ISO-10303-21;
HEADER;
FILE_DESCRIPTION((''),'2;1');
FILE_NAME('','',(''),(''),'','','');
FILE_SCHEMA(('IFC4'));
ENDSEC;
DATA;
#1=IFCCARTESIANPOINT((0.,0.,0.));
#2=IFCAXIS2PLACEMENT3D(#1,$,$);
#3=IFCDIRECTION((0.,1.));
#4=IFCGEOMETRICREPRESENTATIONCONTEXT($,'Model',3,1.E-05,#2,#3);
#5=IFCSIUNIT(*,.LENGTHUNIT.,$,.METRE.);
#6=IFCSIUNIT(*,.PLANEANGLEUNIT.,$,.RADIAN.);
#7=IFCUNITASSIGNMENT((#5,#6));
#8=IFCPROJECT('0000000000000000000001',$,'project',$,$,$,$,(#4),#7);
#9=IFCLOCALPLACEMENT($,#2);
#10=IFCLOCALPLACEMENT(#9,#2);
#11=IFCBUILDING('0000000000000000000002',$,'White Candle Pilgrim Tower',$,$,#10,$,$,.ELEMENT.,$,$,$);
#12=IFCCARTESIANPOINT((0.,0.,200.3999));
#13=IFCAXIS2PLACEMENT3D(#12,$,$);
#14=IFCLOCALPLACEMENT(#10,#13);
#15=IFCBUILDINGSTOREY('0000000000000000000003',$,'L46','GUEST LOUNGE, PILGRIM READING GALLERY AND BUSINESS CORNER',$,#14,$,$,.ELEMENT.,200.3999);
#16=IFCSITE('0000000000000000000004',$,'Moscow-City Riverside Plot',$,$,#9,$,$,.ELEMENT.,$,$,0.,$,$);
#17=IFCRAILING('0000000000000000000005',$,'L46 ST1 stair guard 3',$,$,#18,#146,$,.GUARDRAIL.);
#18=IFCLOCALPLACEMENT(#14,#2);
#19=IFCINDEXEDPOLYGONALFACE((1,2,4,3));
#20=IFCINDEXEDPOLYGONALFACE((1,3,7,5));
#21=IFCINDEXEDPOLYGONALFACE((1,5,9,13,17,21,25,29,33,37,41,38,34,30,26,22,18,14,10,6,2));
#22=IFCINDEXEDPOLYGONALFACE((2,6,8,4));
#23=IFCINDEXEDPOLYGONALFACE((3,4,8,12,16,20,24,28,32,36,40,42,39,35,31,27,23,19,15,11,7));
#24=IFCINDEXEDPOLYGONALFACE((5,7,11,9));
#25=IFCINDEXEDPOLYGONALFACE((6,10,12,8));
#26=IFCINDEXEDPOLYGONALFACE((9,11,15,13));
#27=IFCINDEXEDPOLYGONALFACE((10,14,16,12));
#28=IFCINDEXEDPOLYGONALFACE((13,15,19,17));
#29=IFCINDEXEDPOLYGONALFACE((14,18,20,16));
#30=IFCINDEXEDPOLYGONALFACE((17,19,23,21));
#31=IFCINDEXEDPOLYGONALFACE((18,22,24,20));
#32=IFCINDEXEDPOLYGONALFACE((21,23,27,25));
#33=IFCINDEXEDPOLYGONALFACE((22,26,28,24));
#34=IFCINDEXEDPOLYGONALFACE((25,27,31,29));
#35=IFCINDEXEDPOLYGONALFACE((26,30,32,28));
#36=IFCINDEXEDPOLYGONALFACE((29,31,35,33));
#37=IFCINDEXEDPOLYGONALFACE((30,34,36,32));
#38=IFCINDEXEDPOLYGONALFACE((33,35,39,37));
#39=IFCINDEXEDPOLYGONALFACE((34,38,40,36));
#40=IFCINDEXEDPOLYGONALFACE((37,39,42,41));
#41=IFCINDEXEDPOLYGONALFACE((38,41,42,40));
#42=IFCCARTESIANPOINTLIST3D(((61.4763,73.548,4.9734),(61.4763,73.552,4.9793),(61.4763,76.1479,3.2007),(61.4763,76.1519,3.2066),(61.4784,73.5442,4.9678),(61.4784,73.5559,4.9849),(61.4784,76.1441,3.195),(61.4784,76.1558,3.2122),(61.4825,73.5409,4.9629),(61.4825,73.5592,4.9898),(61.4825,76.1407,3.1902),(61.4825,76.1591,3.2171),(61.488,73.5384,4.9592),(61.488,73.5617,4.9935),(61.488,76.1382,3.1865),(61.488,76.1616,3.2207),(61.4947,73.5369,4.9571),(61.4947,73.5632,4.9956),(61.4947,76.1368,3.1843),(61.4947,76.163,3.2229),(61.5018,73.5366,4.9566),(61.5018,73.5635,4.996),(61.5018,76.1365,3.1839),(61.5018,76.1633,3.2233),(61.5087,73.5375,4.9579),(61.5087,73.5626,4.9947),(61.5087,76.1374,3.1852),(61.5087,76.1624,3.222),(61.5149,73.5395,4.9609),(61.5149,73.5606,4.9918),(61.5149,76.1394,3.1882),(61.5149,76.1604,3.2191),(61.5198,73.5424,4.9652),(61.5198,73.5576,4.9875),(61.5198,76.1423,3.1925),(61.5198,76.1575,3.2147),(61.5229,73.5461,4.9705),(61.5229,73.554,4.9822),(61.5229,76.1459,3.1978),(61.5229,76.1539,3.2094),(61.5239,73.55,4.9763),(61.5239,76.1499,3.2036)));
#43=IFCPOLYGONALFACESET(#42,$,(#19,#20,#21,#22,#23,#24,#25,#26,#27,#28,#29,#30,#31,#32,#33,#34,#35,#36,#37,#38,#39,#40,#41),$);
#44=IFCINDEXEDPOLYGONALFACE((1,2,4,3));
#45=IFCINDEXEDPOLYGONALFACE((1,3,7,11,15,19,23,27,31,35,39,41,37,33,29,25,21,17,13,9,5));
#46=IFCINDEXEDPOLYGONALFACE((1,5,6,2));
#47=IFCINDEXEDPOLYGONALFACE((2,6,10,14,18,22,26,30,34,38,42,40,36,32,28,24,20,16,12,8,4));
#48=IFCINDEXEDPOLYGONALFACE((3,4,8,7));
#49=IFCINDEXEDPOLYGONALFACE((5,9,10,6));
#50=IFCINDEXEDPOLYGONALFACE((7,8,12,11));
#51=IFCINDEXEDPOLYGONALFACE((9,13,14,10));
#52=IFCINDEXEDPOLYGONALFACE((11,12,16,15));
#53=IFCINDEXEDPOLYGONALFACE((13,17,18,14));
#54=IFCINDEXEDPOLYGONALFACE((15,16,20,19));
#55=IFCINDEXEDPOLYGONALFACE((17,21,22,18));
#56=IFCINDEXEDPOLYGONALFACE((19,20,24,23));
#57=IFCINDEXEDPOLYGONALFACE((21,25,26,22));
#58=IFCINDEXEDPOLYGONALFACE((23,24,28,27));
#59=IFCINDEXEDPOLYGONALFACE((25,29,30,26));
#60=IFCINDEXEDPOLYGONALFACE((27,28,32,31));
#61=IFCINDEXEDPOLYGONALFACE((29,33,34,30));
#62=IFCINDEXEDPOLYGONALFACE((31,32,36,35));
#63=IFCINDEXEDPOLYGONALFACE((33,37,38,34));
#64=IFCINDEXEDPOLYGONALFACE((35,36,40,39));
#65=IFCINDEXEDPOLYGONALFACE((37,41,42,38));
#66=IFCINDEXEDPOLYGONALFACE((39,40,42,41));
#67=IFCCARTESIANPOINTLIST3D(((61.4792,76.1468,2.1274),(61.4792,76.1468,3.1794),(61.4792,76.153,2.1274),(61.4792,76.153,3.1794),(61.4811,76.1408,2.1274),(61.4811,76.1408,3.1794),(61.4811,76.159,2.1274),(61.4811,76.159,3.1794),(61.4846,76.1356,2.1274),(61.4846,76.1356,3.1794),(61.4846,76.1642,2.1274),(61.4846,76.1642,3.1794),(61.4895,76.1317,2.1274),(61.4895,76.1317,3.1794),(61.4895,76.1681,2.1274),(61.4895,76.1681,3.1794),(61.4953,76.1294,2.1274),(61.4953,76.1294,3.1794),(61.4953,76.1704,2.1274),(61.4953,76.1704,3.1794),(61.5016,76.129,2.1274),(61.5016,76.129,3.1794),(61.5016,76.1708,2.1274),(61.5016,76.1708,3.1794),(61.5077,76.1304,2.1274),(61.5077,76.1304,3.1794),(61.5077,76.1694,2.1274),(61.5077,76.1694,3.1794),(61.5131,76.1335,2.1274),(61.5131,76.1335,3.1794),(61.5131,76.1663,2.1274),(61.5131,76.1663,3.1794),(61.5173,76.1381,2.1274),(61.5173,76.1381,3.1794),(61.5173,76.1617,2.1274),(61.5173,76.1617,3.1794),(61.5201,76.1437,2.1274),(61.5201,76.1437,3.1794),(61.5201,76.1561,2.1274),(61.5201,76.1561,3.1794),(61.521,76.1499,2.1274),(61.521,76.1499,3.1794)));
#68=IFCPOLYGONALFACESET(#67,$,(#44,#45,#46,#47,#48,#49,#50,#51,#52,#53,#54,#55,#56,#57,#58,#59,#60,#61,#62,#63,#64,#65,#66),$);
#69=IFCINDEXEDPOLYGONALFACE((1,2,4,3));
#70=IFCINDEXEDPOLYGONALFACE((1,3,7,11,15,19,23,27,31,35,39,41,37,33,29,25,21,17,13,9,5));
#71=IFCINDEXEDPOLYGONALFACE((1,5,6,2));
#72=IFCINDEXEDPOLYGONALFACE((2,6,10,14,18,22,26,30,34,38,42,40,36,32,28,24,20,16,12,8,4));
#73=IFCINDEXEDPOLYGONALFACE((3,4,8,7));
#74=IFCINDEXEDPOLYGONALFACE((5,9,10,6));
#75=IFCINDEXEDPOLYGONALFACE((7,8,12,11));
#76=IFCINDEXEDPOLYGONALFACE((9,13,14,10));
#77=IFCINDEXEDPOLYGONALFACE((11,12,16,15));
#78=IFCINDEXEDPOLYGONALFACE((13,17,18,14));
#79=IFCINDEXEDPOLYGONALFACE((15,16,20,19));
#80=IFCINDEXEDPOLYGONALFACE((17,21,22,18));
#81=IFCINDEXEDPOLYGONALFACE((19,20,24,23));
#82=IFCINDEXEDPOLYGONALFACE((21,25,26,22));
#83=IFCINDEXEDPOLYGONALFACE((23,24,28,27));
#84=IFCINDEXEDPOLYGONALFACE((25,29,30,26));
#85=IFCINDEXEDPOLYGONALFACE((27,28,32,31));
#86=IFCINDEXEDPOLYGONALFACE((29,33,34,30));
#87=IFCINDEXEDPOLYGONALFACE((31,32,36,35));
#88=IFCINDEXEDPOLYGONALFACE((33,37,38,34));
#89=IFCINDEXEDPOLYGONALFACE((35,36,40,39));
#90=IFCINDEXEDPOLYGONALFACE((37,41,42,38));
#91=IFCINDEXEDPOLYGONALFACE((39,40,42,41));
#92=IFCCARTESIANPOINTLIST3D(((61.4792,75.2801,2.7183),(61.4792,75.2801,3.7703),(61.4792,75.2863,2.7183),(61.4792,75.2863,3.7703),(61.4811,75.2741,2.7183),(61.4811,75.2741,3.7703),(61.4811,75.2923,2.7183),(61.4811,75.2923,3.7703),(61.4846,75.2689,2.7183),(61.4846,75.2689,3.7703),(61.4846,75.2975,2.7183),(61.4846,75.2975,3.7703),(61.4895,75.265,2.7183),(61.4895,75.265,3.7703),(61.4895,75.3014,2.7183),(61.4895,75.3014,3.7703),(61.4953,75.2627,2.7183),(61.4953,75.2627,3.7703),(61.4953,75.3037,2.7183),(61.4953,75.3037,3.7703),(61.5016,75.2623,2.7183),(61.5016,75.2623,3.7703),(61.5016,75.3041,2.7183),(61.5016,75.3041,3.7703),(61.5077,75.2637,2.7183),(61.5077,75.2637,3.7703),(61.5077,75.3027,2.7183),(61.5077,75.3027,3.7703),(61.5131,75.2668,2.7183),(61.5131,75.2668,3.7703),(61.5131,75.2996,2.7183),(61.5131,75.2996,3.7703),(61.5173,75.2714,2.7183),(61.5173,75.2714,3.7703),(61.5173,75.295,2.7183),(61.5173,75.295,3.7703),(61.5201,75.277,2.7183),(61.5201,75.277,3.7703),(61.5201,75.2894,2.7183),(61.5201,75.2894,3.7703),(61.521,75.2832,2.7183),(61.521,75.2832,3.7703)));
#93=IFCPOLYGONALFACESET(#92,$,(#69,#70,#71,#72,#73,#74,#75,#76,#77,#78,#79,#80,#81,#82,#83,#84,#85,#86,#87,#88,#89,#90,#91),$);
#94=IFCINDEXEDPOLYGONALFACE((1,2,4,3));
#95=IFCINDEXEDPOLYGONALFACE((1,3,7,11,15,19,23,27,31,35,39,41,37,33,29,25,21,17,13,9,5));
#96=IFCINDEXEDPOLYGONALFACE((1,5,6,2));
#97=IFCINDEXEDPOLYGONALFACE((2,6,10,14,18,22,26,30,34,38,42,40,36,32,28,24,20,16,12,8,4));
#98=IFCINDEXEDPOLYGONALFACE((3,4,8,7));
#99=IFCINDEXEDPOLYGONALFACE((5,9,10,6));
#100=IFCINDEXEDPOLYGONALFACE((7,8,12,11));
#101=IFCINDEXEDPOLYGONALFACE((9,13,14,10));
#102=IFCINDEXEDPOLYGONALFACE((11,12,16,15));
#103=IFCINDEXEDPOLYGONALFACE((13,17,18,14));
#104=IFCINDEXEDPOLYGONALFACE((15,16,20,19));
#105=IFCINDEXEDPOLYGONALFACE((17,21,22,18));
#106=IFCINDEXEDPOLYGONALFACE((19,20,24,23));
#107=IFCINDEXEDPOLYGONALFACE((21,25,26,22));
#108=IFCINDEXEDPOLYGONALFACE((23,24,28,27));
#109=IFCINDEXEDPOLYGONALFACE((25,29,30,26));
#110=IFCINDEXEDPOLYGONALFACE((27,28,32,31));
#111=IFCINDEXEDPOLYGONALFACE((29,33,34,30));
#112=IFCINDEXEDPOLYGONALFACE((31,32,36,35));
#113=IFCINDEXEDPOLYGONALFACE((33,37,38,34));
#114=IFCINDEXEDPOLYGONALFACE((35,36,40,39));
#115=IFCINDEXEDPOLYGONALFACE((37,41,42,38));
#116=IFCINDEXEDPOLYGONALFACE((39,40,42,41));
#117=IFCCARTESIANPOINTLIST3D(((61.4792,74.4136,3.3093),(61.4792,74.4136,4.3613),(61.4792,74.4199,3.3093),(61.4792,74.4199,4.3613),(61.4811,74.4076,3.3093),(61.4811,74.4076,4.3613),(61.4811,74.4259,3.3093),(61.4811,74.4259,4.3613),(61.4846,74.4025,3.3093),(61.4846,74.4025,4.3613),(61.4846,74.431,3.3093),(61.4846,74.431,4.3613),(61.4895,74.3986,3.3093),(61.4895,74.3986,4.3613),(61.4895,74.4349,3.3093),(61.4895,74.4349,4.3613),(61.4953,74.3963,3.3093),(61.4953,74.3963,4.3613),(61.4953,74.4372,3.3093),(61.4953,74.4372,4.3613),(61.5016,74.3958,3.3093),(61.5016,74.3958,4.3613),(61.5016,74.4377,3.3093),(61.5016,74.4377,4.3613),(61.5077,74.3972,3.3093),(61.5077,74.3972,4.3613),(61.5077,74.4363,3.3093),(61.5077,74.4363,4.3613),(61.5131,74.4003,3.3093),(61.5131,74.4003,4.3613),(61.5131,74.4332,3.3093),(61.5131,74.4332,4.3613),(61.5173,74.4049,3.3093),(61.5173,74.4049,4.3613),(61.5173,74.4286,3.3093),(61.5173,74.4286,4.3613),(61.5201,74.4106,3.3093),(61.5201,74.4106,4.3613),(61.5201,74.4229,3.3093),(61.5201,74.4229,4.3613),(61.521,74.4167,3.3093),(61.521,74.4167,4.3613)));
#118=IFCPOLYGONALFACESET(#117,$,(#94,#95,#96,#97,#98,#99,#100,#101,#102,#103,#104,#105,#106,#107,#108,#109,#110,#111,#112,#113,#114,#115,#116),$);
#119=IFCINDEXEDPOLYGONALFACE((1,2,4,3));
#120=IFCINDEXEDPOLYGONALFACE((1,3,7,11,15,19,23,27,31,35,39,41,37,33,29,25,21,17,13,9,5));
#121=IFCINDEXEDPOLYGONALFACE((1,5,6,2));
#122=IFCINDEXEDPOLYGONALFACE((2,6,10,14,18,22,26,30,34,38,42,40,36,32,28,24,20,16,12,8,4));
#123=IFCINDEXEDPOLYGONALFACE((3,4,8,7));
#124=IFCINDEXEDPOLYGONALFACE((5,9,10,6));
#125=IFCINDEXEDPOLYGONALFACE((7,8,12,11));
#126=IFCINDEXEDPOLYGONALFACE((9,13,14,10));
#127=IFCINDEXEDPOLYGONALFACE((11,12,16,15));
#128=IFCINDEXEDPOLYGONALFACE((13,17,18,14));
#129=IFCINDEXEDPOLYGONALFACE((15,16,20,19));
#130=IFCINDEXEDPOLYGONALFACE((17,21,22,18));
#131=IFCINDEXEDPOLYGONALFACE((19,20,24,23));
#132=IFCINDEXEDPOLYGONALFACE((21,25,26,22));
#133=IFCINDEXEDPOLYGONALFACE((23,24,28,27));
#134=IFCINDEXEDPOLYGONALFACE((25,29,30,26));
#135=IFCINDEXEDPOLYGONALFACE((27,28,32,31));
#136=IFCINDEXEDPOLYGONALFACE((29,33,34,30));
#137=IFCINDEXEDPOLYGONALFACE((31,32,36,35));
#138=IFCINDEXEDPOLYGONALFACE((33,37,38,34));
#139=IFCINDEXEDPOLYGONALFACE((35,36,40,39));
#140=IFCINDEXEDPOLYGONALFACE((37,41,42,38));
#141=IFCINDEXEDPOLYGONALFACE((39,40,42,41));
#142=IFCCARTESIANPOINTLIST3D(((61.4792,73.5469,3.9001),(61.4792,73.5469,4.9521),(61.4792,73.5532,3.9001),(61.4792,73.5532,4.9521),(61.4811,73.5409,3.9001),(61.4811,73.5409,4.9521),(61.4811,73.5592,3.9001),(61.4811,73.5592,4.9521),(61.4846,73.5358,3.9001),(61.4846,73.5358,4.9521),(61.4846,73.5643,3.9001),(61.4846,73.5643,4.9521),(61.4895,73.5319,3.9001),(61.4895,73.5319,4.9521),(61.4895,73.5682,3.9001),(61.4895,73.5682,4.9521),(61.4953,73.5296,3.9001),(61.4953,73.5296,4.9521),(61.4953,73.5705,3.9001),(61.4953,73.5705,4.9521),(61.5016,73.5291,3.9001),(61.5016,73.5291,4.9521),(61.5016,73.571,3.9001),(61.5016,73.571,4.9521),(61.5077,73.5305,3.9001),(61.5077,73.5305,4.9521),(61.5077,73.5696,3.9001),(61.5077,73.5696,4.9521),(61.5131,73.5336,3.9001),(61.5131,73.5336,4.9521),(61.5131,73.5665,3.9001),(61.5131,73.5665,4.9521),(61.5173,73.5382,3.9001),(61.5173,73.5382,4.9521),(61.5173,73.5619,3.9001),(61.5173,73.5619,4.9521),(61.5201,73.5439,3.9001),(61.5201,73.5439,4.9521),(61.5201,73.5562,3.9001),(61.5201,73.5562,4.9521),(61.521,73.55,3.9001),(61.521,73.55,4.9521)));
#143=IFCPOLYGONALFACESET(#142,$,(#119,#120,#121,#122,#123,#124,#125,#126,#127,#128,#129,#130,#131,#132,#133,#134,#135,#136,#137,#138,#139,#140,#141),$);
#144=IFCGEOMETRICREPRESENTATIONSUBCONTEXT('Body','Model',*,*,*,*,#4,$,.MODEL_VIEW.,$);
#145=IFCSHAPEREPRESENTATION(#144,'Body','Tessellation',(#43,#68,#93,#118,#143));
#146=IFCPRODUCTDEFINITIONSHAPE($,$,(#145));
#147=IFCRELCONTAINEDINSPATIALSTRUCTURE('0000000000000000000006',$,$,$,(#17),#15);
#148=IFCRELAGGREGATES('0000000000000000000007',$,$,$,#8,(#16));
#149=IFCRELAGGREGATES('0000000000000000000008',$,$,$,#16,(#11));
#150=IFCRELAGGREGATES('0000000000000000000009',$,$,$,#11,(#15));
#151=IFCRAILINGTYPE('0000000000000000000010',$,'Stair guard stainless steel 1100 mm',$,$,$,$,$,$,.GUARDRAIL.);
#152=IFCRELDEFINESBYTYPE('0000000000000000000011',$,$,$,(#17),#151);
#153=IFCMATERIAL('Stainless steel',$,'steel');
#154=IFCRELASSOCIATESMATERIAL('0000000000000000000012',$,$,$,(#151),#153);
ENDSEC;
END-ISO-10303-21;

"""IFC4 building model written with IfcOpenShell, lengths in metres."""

from ifc_helpers import new_model, si_unit, direction, frame, origin, origin_2d, place, context, subcontext, project, spatial, circle, extrude, material, type_object, element, save


model = new_model("IFC4")

# Units and contexts
model_context = context("Model", 3, precision=1e-05, world=origin(), true_north=direction((0.0, 1.0)))
body_context = subcontext(model_context, "Body", "Model", "MODEL_VIEW")
ifc_project = project(units=[si_unit("LENGTHUNIT", "METRE"), si_unit("PLANEANGLEUNIT", "RADIAN")], contexts=[model_context])

# Site, building, storey
site_placement = place(None, origin())
site = spatial("IfcSite", under=ifc_project, at=site_placement, Name="Moscow-City Riverside Plot", CompositionType="ELEMENT", RefElevation=0.0)
building_placement = place(site_placement, origin())
building = spatial("IfcBuilding", under=site, at=building_placement, Name="White Candle Pilgrim Tower", CompositionType="ELEMENT")
storey_placement = place(building_placement, frame((0.0, 0.0, 200.3999)))
storey = spatial("IfcBuildingStorey", under=building, at=storey_placement, Name="L46", Description="GUEST LOUNGE, PILGRIM READING GALLERY AND BUSINESS CORNER", CompositionType="ELEMENT", Elevation=200.3999)

# Shared definitions
ifc_material_1 = material(Name="Stainless steel", Category="steel")

# Railing
railing_type_1 = type_object("IfcRailingType", Name="Stair guard stainless steel 1100 mm", PredefinedType="GUARDRAIL", material=ifc_material_1)
railing_1_placement = place(storey_placement, frame((61.5, 76.1499, 2.1274)))
element("IfcRailing", 1, at=railing_1_placement, inside=storey, type_object=railing_type_1, Name="L46 ST1 stair guard 3", PredefinedType="GUARDRAIL", context=body_context, shape_type="SweptSolid", body=[
    extrude(circle(Radius=0.0239, at=origin_2d()), frame((0.0, 0.0, 1.0762), z_axis=(0.0, -0.826216, 0.563354), x_axis=(1.0, 0.0, 0.0)), (0.0, 0.0, 1.0), 3.1467),
    extrude(circle(Radius=0.021, at=origin_2d()), origin(), (0.0, 0.0, 1.0), 1.052),
    extrude(circle(Radius=0.021, at=origin_2d()), frame((0.0, -0.8667, 0.5908)), (0.0, 0.0, 1.0), 1.052),
    extrude(circle(Radius=0.021, at=origin_2d()), frame((0.0, -1.7332, 1.1819)), (0.0, 0.0, 1.0), 1.052),
    extrude(circle(Radius=0.021, at=origin_2d()), frame((0.0, -2.5999, 1.7727)), (0.0, 0.0, 1.0), 1.052),
])

save(model, "model.ifc")
